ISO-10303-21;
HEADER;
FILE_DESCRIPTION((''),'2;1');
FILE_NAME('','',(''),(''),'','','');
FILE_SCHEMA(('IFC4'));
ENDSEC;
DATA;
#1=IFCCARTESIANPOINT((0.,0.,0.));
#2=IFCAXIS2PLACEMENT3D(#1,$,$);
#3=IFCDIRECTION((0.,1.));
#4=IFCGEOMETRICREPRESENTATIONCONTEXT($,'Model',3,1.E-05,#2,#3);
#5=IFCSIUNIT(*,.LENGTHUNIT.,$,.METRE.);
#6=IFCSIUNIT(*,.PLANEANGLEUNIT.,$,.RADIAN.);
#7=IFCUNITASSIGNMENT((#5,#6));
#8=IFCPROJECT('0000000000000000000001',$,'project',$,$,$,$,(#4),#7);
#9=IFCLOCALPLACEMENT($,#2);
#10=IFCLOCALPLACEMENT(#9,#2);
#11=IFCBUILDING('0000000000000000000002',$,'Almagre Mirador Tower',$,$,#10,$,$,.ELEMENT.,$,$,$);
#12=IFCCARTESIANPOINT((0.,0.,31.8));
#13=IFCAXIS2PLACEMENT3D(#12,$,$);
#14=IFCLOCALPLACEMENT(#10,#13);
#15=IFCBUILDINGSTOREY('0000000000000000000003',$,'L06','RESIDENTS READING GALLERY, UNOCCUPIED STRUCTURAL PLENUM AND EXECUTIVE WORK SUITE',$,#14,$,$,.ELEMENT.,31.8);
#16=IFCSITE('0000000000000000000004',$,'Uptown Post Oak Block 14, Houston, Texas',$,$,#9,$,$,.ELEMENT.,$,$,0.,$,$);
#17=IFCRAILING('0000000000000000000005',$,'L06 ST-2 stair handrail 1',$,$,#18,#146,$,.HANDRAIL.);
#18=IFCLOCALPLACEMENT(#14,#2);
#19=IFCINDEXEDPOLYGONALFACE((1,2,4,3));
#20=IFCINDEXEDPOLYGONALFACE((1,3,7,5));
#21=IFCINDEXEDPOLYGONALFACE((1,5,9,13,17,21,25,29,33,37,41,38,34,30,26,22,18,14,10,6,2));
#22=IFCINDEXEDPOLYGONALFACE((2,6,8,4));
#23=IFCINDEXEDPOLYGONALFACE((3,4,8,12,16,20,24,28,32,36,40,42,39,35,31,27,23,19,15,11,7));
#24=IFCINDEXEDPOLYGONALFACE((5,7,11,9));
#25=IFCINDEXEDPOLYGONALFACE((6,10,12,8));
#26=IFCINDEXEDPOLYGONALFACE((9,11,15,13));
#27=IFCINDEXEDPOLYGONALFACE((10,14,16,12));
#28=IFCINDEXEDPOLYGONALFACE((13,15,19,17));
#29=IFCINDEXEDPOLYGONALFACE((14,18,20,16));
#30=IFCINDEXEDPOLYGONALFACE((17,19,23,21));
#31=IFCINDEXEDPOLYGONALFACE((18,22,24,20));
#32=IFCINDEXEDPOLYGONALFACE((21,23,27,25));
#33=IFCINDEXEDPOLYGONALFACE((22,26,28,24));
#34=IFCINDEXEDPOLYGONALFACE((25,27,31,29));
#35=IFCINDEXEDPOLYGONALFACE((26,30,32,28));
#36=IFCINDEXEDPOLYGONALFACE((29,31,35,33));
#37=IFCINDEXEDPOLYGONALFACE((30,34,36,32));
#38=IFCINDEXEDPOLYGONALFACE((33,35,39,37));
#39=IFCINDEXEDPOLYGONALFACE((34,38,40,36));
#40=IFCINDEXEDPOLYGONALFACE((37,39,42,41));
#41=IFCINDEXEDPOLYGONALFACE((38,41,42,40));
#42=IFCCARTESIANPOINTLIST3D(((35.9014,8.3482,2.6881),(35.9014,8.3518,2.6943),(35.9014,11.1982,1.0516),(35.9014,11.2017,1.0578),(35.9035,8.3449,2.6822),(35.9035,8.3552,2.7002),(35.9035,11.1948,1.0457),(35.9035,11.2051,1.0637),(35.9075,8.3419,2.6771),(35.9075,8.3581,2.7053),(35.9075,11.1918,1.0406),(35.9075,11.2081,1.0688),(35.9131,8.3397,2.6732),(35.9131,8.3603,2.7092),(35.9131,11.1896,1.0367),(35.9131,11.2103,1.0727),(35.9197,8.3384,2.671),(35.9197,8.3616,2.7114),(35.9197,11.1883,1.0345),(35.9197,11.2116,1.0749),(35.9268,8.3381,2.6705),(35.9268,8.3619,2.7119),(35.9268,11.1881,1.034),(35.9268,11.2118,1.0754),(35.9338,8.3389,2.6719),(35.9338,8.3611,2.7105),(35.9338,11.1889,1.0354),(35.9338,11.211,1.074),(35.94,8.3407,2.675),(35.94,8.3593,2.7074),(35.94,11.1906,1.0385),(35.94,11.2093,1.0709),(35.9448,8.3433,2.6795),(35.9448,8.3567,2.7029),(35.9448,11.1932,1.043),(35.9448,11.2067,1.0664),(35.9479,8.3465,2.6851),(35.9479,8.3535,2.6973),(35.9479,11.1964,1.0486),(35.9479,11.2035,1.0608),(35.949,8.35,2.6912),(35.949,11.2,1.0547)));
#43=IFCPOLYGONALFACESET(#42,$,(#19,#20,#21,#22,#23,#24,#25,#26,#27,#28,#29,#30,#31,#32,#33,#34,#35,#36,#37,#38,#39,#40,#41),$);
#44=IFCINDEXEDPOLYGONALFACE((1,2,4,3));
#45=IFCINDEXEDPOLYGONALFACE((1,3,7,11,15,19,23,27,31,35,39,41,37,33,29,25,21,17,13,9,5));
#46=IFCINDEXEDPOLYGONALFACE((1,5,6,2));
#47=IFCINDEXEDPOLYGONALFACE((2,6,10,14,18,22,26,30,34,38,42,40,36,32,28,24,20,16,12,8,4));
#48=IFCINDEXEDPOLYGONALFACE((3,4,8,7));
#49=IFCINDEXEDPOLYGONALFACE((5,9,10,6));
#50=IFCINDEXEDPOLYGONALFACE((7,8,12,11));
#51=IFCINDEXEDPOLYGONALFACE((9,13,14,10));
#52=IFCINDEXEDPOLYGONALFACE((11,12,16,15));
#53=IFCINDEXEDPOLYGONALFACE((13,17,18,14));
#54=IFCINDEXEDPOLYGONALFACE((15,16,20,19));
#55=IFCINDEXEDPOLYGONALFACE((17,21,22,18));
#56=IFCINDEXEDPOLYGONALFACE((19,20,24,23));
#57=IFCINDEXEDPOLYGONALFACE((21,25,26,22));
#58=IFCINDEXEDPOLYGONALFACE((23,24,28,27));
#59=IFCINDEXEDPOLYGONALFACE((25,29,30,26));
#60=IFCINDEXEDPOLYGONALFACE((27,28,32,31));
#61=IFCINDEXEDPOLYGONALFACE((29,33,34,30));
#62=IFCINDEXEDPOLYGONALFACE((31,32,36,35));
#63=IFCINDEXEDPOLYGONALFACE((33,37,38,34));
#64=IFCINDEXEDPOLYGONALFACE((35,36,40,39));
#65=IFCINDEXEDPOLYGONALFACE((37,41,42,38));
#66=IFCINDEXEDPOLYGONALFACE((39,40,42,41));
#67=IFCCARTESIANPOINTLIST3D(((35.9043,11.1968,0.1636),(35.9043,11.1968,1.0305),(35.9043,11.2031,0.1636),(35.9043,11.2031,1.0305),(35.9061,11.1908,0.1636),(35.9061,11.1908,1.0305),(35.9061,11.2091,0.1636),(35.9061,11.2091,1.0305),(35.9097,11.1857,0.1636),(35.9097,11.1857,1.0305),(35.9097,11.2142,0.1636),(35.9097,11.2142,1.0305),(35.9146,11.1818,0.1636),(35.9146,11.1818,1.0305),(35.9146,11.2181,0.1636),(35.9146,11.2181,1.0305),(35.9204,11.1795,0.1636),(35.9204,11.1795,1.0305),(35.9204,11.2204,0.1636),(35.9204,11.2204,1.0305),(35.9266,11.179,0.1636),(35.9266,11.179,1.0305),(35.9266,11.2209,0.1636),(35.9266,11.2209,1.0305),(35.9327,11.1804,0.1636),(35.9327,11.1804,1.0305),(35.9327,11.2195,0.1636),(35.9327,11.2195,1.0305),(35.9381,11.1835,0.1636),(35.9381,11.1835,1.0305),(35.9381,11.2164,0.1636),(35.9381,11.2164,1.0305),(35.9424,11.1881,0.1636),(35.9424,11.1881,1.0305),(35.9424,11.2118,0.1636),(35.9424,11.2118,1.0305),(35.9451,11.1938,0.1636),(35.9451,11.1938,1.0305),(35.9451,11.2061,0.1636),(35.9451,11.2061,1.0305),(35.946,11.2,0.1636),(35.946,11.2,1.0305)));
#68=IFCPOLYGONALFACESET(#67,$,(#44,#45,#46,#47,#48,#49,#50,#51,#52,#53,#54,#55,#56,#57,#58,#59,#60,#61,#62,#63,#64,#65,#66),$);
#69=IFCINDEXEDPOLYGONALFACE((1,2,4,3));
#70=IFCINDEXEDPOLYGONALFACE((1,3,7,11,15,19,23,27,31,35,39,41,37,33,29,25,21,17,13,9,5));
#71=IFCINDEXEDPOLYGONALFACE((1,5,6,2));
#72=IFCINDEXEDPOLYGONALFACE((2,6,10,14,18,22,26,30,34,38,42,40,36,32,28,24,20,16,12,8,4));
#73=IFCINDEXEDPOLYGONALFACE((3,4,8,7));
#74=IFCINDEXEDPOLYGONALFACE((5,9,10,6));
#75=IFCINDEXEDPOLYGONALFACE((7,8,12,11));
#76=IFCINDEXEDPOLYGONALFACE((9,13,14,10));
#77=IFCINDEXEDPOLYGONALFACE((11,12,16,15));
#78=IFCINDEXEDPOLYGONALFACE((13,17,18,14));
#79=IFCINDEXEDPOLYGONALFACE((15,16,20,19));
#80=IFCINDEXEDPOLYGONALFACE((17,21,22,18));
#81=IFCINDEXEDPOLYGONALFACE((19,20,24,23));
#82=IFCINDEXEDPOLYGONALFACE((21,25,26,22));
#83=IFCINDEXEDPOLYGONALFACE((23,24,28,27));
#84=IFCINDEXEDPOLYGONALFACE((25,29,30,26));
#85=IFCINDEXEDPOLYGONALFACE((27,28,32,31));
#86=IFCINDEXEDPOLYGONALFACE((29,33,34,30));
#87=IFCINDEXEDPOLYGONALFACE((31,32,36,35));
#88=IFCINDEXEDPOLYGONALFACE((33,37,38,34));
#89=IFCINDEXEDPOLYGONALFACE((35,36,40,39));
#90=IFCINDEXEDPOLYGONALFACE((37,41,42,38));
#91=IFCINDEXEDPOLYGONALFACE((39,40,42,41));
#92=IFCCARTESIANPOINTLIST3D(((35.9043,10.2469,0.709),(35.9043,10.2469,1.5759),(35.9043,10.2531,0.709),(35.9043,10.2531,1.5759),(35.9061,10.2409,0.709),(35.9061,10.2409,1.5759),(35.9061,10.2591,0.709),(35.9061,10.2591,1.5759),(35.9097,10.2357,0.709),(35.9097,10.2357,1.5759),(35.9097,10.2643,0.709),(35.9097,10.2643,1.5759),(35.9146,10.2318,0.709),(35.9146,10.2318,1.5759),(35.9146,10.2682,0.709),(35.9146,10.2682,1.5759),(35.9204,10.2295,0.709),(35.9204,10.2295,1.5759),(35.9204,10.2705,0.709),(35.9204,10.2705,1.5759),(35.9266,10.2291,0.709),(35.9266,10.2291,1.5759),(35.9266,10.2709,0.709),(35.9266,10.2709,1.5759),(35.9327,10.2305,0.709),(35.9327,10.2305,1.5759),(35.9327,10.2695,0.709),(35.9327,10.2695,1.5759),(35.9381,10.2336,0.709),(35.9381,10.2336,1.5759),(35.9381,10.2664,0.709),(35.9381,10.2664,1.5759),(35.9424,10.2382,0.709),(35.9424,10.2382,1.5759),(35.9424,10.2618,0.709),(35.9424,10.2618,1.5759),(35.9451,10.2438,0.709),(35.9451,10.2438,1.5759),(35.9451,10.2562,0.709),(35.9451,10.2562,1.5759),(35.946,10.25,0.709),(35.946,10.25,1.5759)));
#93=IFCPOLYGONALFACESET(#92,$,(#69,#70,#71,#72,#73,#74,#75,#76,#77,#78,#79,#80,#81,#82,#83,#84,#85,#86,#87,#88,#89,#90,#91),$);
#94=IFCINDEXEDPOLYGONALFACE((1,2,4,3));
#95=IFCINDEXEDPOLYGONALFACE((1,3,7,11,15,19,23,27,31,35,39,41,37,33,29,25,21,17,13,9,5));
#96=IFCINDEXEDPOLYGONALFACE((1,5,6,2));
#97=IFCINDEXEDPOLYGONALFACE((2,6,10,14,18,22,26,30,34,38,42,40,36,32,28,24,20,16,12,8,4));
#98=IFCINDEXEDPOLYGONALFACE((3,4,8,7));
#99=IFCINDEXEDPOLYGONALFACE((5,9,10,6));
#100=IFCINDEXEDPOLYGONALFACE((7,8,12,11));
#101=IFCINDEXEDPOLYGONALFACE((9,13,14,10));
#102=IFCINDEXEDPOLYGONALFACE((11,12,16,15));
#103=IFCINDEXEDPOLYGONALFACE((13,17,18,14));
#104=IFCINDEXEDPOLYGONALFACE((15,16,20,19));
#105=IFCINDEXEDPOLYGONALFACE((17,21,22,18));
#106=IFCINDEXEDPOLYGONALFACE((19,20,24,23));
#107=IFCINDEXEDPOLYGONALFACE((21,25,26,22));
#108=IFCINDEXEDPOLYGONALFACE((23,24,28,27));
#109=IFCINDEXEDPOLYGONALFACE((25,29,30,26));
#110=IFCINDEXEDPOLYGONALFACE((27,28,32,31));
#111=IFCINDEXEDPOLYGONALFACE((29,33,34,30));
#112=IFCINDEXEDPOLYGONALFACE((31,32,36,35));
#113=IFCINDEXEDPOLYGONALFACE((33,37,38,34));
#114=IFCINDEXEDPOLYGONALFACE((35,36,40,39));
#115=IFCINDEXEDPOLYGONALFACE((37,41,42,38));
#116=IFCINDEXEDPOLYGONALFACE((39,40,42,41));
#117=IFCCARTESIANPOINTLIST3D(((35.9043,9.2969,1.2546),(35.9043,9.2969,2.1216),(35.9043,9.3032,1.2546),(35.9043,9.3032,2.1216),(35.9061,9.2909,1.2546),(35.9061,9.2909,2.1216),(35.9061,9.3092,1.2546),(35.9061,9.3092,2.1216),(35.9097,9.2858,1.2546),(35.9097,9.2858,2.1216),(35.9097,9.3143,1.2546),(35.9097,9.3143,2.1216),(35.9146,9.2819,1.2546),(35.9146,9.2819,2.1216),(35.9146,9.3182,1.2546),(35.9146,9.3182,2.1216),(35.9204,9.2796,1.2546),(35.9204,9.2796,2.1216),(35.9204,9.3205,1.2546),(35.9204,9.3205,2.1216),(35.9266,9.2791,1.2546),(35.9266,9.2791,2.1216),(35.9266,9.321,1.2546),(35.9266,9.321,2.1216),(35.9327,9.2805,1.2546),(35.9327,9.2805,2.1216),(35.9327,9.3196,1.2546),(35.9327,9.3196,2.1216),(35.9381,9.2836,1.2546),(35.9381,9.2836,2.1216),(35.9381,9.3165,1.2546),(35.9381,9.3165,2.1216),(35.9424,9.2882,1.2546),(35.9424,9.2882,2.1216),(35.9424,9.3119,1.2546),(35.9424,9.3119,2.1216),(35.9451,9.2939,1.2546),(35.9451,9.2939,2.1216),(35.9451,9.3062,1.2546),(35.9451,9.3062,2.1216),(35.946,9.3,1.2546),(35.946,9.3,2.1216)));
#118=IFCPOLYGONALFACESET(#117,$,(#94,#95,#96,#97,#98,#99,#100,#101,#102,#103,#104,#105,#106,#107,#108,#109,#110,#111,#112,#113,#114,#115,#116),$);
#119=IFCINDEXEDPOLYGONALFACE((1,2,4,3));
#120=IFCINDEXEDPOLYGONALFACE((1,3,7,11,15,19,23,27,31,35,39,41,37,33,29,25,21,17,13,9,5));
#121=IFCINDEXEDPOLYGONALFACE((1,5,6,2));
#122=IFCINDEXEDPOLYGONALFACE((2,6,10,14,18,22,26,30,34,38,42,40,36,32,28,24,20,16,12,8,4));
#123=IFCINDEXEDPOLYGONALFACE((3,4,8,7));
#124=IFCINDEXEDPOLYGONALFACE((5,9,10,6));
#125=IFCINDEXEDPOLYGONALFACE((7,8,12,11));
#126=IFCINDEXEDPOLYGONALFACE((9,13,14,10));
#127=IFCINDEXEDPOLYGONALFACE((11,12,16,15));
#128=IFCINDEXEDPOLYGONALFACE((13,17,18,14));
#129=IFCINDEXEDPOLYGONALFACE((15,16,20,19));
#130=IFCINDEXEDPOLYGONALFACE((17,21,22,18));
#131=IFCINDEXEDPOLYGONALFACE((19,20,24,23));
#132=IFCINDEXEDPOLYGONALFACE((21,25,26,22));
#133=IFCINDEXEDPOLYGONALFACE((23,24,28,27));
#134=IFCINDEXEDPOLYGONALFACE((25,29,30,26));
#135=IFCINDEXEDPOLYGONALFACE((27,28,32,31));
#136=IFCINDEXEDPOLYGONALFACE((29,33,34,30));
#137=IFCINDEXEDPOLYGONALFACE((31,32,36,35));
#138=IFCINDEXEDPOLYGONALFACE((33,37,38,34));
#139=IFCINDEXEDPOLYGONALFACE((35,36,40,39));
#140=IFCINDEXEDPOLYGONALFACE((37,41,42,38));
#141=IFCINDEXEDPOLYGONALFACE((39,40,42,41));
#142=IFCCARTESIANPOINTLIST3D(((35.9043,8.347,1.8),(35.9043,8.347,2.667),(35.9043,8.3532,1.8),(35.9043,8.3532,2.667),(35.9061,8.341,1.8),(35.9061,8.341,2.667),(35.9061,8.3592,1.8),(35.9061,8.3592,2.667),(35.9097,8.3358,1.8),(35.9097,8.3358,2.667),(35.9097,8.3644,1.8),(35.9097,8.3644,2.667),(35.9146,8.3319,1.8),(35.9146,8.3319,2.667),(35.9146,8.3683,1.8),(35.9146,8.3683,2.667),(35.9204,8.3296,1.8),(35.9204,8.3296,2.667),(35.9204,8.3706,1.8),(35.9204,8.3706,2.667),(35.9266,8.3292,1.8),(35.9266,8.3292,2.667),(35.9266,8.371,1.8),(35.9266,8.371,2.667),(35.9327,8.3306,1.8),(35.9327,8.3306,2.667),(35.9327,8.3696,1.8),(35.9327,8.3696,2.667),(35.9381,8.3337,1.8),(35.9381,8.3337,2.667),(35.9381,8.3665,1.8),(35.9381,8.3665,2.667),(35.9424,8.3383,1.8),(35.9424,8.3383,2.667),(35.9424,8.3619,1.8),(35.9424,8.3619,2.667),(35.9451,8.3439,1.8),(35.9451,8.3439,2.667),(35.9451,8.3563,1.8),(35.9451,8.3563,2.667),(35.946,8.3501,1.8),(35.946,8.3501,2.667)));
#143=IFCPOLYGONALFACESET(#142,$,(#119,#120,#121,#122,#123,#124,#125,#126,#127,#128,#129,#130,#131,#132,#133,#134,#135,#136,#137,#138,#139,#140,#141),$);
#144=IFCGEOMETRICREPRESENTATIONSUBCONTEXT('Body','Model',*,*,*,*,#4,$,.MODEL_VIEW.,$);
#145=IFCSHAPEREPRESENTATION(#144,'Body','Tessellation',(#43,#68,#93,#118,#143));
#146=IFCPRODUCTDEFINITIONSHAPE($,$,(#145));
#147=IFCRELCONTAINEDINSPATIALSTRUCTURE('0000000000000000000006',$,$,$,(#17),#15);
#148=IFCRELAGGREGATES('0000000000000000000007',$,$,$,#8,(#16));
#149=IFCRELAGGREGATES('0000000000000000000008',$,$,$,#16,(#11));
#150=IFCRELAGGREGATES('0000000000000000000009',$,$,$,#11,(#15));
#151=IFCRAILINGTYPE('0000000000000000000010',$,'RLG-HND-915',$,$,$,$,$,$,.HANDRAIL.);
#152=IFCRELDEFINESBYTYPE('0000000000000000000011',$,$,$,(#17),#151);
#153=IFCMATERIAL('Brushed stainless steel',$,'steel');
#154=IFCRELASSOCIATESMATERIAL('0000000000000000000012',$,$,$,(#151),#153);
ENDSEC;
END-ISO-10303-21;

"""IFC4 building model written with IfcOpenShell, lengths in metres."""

from ifc_helpers import new_model, si_unit, direction, frame, origin, origin_2d, place, context, subcontext, project, spatial, circle, extrude, material, type_object, element, save


model = new_model("IFC4")

# Units and contexts
model_context = context("Model", 3, precision=1e-05, world=origin(), true_north=direction((0.0, 1.0)))
body_context = subcontext(model_context, "Body", "Model", "MODEL_VIEW")
ifc_project = project(units=[si_unit("LENGTHUNIT", "METRE"), si_unit("PLANEANGLEUNIT", "RADIAN")], contexts=[model_context])

# Site, building, storey
site_placement = place(None, origin())
site = spatial("IfcSite", under=ifc_project, at=site_placement, Name="Uptown Post Oak Block 14, Houston, Texas", CompositionType="ELEMENT", RefElevation=0.0)
building_placement = place(site_placement, origin())
building = spatial("IfcBuilding", under=site, at=building_placement, Name="Almagre Mirador Tower", CompositionType="ELEMENT")
storey_placement = place(building_placement, frame((0.0, 0.0, 31.8)))
storey = spatial("IfcBuildingStorey", under=building, at=storey_placement, Name="L06", Description="RESIDENTS READING GALLERY, UNOCCUPIED STRUCTURAL PLENUM AND EXECUTIVE WORK SUITE", CompositionType="ELEMENT", Elevation=31.8)

# Railing
ifc_material_1 = material(Name="Brushed stainless steel", Category="steel")
railing_type_1 = type_object("IfcRailingType", Name="RLG-HND-915", PredefinedType="HANDRAIL", material=ifc_material_1)
railing_1_placement = place(storey_placement, frame((35.925, 11.2, 0.1636)))
element("IfcRailing", 1, at=railing_1_placement, inside=storey, type_object=railing_type_1, Name="L06 ST-2 stair handrail 1", PredefinedType="HANDRAIL", context=body_context, shape_type="SweptSolid", body=[
    extrude(circle(Radius=0.0239, at=origin_2d()), frame((0.0, 0.0, 0.8911), z_axis=(0.0, -0.867194, 0.49797), x_axis=(1.0, 0.0, 0.0)), (0.0, 0.0, 1.0), 3.2864),
    extrude(circle(Radius=0.021, at=origin_2d()), origin(), (0.0, 0.0, 1.0), 0.8669),
    extrude(circle(Radius=0.021, at=origin_2d()), frame((0.0, -0.95, 0.5454)), (0.0, 0.0, 1.0), 0.8669),
    extrude(circle(Radius=0.021, at=origin_2d()), frame((0.0, -1.8999, 1.0911)), (0.0, 0.0, 1.0), 0.8669),
    extrude(circle(Radius=0.021, at=origin_2d()), frame((0.0, -2.8499, 1.6365)), (0.0, 0.0, 1.0), 0.8669),
])

save(model, "model.ifc")
